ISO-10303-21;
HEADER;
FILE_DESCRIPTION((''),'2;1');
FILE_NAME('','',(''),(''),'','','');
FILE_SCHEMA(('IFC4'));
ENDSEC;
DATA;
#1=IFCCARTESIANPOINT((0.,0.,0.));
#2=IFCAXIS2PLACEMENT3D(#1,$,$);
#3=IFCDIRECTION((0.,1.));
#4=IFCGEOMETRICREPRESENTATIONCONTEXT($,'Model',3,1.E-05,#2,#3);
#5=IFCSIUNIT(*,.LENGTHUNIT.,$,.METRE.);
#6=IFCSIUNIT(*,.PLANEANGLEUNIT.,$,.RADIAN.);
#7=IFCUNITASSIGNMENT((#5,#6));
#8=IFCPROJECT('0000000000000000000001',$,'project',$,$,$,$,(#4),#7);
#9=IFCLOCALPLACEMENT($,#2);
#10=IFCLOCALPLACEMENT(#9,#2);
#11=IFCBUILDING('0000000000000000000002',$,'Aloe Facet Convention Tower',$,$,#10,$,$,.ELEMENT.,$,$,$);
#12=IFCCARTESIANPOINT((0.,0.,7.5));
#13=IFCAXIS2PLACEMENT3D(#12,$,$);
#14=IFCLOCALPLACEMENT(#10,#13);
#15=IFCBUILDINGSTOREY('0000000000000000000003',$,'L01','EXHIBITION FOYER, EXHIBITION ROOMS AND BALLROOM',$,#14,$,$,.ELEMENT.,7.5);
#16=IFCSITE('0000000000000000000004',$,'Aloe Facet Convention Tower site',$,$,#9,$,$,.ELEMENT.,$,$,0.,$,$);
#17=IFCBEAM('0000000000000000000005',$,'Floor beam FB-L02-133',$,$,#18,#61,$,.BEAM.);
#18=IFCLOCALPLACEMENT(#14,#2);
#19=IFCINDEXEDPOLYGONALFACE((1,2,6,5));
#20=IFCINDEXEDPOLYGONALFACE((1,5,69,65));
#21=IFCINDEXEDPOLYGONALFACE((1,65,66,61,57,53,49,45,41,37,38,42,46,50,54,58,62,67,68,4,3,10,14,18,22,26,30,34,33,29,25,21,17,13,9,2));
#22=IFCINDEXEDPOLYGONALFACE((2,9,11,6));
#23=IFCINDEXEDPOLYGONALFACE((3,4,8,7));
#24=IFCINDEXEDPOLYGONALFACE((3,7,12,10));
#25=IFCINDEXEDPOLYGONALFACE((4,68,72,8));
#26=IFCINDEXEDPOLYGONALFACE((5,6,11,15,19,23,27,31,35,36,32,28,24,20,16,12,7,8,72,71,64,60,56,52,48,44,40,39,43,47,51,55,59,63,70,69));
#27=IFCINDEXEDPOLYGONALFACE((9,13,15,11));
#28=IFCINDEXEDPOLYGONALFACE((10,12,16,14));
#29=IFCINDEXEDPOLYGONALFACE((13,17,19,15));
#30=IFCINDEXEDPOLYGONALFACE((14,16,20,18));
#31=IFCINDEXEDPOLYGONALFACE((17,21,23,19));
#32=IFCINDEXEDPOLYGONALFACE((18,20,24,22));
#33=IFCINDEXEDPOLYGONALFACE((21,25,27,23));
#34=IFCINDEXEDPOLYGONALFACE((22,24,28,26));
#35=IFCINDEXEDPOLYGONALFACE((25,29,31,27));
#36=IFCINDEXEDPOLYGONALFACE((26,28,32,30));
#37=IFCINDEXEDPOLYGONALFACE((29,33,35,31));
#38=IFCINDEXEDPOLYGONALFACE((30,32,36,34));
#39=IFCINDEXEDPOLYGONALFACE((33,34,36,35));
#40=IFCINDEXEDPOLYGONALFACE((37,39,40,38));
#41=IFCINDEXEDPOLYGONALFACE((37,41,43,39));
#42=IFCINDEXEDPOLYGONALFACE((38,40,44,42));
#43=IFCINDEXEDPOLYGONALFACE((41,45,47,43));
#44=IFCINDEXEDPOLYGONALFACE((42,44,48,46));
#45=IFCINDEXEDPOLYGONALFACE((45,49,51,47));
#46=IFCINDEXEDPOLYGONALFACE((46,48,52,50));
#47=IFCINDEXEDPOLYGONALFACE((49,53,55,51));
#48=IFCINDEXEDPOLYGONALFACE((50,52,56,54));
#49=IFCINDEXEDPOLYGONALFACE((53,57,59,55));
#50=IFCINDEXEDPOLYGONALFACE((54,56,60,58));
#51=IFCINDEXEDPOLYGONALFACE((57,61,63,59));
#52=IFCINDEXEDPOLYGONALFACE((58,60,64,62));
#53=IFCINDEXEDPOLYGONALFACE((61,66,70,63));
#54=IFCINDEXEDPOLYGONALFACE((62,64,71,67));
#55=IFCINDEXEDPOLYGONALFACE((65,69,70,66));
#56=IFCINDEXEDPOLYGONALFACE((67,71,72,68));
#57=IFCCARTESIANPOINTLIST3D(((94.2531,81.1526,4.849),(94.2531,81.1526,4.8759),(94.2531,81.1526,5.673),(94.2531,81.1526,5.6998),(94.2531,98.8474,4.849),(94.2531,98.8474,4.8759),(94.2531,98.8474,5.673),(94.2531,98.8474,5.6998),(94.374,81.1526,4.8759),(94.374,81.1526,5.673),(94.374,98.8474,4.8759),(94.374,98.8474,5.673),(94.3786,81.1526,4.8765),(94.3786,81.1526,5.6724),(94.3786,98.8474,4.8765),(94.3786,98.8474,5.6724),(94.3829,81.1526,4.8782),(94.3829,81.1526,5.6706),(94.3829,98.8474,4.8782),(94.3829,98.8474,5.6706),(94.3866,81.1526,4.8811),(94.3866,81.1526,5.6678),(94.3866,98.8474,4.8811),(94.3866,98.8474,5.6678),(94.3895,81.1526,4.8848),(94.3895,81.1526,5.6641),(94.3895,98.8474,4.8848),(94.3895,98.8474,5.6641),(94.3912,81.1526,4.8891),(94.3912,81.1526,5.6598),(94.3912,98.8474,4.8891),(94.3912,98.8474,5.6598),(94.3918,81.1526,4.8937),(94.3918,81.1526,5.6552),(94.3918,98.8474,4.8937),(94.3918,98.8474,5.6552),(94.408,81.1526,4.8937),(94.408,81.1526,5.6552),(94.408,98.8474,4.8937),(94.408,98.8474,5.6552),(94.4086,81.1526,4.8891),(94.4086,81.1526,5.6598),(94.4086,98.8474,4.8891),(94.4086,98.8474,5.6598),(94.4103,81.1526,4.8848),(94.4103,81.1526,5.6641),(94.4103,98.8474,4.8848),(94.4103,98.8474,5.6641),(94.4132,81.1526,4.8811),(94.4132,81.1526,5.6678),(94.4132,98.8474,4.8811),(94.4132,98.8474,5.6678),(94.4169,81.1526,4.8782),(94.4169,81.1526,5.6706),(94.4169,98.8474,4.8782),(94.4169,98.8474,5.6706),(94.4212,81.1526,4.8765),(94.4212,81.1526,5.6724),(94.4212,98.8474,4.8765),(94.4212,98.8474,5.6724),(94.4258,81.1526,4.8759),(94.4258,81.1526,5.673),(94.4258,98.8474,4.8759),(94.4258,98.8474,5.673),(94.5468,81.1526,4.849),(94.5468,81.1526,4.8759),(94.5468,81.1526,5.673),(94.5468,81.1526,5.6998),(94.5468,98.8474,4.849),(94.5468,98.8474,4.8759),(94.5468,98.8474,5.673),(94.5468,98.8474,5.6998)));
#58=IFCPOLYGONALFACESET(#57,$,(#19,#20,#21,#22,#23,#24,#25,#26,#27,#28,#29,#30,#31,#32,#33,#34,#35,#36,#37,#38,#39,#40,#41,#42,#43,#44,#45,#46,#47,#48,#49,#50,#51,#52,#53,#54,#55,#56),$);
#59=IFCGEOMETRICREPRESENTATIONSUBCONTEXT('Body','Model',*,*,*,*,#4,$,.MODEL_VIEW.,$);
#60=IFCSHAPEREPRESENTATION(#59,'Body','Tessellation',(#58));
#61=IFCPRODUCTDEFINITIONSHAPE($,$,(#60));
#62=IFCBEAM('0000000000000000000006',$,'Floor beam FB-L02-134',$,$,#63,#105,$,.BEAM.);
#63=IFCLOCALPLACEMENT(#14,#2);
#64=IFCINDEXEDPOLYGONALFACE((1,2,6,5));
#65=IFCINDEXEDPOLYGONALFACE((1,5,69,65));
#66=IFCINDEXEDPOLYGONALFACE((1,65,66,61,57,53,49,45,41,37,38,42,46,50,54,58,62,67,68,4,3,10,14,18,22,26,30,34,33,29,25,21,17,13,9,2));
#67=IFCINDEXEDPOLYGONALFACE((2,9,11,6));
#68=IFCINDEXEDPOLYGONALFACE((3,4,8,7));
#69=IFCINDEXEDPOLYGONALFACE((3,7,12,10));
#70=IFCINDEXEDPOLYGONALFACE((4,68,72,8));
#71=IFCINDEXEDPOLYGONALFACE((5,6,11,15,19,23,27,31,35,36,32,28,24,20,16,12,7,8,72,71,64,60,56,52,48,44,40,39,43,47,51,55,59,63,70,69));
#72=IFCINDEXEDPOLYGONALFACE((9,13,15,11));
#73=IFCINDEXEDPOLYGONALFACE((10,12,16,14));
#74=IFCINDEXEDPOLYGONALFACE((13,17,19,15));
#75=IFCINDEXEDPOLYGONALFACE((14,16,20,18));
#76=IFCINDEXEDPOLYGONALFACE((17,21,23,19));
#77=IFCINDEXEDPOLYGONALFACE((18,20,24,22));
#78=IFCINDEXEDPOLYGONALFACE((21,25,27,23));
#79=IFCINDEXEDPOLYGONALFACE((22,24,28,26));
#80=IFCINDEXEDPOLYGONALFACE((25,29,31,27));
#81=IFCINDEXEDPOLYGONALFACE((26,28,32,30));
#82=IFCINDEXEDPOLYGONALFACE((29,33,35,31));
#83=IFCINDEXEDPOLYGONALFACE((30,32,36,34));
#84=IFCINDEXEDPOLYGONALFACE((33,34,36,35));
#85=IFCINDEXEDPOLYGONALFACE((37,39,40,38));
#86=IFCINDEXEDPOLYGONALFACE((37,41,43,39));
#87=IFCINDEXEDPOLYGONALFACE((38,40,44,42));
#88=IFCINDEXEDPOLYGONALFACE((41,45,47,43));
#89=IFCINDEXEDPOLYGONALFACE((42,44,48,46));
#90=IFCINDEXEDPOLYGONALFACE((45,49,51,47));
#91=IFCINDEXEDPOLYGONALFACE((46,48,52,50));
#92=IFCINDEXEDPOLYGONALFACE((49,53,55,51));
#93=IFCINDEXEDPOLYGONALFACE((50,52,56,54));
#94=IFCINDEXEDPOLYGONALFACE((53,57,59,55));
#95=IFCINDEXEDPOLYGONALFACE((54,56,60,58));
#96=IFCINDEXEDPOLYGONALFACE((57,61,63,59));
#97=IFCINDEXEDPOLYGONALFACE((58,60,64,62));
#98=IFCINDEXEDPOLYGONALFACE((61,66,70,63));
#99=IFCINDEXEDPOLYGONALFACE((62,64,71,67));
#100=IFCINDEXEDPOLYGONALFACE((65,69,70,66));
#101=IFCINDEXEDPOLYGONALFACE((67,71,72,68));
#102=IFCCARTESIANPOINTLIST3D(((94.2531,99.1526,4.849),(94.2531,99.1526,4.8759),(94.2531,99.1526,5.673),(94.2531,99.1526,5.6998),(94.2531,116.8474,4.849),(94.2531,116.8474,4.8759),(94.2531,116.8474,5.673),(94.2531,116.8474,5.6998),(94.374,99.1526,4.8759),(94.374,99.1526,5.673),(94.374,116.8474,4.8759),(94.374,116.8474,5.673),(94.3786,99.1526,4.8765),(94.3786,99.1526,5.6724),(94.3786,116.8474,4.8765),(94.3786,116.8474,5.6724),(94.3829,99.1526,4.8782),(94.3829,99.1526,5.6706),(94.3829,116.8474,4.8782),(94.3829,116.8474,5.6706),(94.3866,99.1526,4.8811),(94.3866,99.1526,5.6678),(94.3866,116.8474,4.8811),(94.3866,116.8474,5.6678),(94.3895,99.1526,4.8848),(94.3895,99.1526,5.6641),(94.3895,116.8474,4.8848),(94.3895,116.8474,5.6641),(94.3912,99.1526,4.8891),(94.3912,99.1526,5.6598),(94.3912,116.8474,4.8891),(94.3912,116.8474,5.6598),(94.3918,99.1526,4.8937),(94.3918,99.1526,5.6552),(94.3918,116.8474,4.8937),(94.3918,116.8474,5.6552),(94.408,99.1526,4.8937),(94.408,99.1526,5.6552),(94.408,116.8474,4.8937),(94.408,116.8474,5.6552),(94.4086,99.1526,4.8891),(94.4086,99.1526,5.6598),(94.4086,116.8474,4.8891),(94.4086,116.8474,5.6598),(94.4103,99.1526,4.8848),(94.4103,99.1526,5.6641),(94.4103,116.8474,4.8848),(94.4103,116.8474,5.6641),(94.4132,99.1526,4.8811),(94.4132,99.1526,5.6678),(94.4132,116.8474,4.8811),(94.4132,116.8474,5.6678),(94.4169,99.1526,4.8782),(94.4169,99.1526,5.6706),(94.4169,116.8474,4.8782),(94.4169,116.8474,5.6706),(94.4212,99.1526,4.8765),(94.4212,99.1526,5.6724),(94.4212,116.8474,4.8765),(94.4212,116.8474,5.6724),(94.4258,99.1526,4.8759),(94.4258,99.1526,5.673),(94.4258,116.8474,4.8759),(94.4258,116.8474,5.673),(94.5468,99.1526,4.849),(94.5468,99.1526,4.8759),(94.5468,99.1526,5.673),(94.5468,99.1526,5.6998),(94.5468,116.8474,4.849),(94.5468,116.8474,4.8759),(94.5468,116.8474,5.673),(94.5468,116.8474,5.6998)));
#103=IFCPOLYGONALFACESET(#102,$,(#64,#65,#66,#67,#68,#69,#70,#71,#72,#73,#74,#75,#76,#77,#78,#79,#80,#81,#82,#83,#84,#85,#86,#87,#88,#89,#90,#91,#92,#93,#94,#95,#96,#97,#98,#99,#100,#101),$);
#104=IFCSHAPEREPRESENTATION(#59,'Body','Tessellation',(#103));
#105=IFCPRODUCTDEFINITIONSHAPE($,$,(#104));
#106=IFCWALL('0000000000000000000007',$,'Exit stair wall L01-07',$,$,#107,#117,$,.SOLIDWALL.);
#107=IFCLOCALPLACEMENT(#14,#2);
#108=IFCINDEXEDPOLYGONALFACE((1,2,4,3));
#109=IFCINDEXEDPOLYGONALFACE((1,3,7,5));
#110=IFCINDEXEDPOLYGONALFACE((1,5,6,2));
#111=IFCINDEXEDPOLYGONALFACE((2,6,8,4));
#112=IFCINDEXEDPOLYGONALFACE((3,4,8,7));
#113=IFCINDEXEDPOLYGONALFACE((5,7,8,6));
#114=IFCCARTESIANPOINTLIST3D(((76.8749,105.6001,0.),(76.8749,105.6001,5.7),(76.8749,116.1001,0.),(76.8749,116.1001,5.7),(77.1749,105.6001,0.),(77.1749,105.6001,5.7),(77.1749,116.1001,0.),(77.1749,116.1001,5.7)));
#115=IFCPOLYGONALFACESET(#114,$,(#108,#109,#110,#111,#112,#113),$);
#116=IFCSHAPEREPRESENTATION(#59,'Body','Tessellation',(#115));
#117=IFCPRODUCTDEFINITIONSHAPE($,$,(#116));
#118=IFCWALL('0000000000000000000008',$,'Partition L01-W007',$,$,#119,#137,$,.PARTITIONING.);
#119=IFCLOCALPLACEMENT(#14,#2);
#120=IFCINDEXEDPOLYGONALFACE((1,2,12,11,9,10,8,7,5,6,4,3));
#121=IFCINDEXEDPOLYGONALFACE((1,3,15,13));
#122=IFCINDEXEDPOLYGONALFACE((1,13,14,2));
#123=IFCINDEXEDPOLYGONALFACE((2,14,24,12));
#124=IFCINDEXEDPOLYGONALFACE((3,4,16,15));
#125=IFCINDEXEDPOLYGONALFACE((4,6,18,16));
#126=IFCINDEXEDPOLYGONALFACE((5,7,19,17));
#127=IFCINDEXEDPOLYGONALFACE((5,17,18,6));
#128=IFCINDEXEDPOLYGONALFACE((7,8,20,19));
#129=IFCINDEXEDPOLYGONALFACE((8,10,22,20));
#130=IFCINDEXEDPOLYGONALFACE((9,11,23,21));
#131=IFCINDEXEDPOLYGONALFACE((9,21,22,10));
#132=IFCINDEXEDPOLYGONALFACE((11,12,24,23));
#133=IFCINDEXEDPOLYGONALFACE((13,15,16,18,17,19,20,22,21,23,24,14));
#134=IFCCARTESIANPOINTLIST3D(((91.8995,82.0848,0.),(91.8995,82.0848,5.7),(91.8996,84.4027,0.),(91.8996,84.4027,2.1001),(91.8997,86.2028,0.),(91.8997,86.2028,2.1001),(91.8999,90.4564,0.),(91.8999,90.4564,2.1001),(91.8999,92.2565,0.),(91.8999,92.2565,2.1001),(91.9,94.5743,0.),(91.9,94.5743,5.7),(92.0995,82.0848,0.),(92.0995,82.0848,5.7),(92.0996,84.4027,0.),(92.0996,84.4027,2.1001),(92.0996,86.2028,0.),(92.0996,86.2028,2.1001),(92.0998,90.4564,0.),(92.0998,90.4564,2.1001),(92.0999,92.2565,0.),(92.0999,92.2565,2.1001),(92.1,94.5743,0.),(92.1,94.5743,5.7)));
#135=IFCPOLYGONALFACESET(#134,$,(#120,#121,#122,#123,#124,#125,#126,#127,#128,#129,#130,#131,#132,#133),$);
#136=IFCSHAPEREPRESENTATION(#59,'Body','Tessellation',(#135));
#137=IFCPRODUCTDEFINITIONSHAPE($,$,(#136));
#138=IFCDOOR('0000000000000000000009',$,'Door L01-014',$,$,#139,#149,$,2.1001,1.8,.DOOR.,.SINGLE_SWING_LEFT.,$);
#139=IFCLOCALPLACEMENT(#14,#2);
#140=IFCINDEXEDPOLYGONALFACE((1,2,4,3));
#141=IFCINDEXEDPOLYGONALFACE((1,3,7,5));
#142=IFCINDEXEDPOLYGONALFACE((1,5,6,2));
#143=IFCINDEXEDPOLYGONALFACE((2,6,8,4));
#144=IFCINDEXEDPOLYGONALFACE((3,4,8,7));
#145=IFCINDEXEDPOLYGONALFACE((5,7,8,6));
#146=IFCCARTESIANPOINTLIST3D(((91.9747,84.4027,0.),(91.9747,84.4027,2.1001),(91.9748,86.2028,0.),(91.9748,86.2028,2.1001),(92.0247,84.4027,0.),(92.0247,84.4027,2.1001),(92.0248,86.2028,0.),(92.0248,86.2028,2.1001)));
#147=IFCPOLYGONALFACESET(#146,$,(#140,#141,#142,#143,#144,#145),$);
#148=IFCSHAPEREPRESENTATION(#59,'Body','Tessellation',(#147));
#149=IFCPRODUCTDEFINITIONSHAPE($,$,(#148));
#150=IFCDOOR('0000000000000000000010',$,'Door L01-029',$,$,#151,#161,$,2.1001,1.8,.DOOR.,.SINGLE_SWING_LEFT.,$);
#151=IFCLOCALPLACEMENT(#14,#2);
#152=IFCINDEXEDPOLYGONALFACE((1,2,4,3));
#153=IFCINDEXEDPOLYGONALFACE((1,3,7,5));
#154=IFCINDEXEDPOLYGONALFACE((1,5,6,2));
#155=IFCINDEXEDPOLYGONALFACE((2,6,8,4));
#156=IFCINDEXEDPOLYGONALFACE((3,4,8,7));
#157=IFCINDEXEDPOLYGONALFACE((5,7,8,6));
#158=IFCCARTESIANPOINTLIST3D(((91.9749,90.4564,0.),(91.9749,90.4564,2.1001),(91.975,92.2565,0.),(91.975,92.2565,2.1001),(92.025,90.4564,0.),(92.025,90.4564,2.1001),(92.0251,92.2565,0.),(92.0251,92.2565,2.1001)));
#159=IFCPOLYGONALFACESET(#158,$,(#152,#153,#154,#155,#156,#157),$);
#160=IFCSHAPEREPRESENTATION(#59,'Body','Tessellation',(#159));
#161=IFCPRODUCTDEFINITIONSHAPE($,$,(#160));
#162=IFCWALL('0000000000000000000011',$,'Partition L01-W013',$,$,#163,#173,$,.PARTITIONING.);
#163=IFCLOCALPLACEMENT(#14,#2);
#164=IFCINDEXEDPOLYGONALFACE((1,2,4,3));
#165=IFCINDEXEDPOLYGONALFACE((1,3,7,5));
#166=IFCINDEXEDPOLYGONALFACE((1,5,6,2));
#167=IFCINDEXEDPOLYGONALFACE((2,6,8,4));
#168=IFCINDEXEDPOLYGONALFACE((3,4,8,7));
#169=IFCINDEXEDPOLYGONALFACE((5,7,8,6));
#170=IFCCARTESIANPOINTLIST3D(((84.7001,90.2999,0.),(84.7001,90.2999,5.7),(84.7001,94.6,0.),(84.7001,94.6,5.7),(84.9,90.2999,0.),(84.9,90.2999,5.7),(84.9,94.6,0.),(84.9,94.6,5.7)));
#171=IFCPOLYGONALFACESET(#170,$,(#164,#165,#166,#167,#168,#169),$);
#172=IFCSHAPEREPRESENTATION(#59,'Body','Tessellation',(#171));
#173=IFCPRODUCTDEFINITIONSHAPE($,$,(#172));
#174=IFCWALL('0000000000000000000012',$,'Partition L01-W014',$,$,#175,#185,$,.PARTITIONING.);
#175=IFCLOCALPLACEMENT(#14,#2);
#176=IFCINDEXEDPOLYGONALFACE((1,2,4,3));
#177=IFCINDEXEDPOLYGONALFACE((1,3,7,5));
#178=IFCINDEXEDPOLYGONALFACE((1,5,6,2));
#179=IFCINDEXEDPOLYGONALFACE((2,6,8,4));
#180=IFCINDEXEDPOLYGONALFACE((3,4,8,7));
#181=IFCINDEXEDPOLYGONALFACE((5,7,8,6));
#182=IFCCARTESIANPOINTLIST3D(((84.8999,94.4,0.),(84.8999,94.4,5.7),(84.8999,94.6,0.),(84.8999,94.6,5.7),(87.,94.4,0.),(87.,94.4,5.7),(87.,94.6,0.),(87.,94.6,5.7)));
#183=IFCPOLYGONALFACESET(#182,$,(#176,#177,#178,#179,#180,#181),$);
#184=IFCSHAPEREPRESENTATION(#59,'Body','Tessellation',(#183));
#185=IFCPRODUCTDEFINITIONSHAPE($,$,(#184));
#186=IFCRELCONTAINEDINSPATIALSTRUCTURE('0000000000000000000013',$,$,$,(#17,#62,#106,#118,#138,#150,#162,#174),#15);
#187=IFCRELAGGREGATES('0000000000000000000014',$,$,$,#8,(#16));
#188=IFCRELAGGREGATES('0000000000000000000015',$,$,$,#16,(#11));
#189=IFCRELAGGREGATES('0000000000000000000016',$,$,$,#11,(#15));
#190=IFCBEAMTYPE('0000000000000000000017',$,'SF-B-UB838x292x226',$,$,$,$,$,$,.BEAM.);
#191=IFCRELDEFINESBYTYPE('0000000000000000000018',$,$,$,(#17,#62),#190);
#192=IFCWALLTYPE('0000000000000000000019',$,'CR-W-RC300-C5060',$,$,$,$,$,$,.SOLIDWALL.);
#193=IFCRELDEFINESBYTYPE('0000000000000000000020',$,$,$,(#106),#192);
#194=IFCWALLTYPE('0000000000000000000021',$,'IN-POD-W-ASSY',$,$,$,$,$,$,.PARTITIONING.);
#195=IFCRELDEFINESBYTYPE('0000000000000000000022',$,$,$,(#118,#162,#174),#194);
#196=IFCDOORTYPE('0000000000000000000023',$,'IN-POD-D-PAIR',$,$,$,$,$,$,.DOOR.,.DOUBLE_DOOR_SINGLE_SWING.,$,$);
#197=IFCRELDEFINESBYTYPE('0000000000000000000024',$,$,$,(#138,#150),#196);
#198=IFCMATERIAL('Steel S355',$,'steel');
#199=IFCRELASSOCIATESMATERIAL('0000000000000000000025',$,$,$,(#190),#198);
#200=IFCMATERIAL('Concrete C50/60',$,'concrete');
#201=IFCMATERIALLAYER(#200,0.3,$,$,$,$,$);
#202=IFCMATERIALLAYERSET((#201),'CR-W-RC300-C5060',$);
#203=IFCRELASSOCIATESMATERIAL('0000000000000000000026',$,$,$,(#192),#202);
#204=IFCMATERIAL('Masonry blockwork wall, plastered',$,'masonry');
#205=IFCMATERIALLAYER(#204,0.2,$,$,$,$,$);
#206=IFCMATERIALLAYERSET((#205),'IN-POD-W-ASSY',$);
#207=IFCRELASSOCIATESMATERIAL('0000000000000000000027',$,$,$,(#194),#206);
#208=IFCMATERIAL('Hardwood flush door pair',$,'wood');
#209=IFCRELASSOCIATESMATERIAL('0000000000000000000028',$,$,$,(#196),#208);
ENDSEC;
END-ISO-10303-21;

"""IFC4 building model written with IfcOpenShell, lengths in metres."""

from ifc_helpers import new_model, si_unit, direction, frame, frame_2d, origin, origin_2d, place, context, subcontext, project, spatial, rectangle, i_section, extrude, material, layer, layer_set, material_profile, profile_set, type_object, element, fill, save


model = new_model("IFC4")

# Units and contexts
model_context = context("Model", 3, precision=1e-05, world=origin(), true_north=direction((0.0, 1.0)))
body_context = subcontext(model_context, "Body", "Model", "MODEL_VIEW")
ifc_project = project(units=[si_unit("LENGTHUNIT", "METRE"), si_unit("PLANEANGLEUNIT", "RADIAN")], contexts=[model_context])

# Site, building, storey
site_placement = place(None, origin())
site = spatial("IfcSite", under=ifc_project, at=site_placement, Name="Aloe Facet Convention Tower site", CompositionType="ELEMENT", RefElevation=0.0)
building_placement = place(site_placement, origin())
building = spatial("IfcBuilding", under=site, at=building_placement, Name="Aloe Facet Convention Tower", CompositionType="ELEMENT")
storey_placement = place(building_placement, frame((0.0, 0.0, 7.5)))
storey = spatial("IfcBuildingStorey", under=building, at=storey_placement, Name="L01", Description="EXHIBITION FOYER, EXHIBITION ROOMS AND BALLROOM", CompositionType="ELEMENT", Elevation=7.5)

# Beams
ifc_material_1 = material(Name="Steel S355", Category="steel")
ifc_material_profile_1 = material_profile(ifc_material_1, i_section(OverallWidth=0.2937, OverallDepth=0.8508, WebThickness=0.0161, FlangeThickness=0.0269, FilletRadius=0.0178, at=origin_2d()), Name="UB 838x292x226")
ifc_profile_set_1 = profile_set([ifc_material_profile_1], Name="Steel S355")
beam_type_1 = type_object("IfcBeamType", Name="SF-B-UB838x292x226", PredefinedType="BEAM", material=ifc_profile_set_1)
for number, where, z_axis, x_axis, name in (
    (1, (94.3999, 81.1526, 5.2744), (0.0, 1.0, 0.0), (-1.0, 0.0, 0.0), "Floor beam FB-L02-133"),
    (2, (94.3999, 99.1526, 5.2744), (0.0, 1.0, 0.0), (-1.0, 0.0, 0.0), "Floor beam FB-L02-134"),
):
    element("IfcBeam", number, at=place(storey_placement, frame(where, z_axis=z_axis, x_axis=x_axis)), inside=storey, type_object=beam_type_1, Name=name, PredefinedType="BEAM", context=body_context, shape_type="SweptSolid", body=[
        extrude(i_section(OverallWidth=0.2937, OverallDepth=0.8508, WebThickness=0.0161, FlangeThickness=0.0269, FilletRadius=0.0178, at=origin_2d()), origin(), (0.0, 0.0, 1.0), 17.6948),
    ])

# Wall
ifc_material_2 = material(Name="Concrete C50/60", Category="concrete")
ifc_layer_1 = layer(ifc_material_2, 0.3)
ifc_layer_set_1 = layer_set([ifc_layer_1], Name="CR-W-RC300-C5060")
wall_type_1 = type_object("IfcWallType", Name="CR-W-RC300-C5060", PredefinedType="SOLIDWALL", material=ifc_layer_set_1)
wall_1_placement = place(storey_placement, frame((77.0249, 105.6001, 0.0), z_axis=(0.0, 0.0, 1.0), x_axis=(0.0, 1.0, 0.0)))
element("IfcWall", 3, at=wall_1_placement, inside=storey, type_object=wall_type_1, Name="Exit stair wall L01-07", PredefinedType="SOLIDWALL", context=body_context, shape_type="SweptSolid", body=[
    extrude(rectangle(XDim=10.5, YDim=0.3, at=frame_2d((5.25, 0.0))), origin(), (0.0, 0.0, 1.0), 5.7),
])

# Wall, openings, doors
ifc_material_3 = material(Name="Masonry blockwork wall, plastered", Category="masonry")
ifc_layer_2 = layer(ifc_material_3, 0.2)
ifc_layer_set_2 = layer_set([ifc_layer_2], Name="IN-POD-W-ASSY")
wall_type_2 = type_object("IfcWallType", Name="IN-POD-W-ASSY", PredefinedType="PARTITIONING", material=ifc_layer_set_2)
wall_2_placement = place(storey_placement, frame((91.9995, 82.085, 0.0), z_axis=(0.0, 0.0, 1.0), x_axis=(0.000039, 1.0, 0.0)))
wall_2 = element("IfcWall", 4, at=wall_2_placement, inside=storey, type_object=wall_type_2, Name="Partition L01-W007", PredefinedType="PARTITIONING", context=body_context, shape_type="SweptSolid", body=[
    extrude(rectangle(XDim=12.4895, YDim=0.2, at=frame_2d((6.2446, 0.0))), origin(), (0.0, 0.0, 1.0), 5.7),
])
opening_1_placement = place(wall_2_placement, frame((2.3179, 0.0, 0.0)))
opening_1 = element("IfcOpeningElement", 5, at=opening_1_placement, cuts=wall_2, PredefinedType="OPENING", context=body_context, shape_type="SweptSolid", body=[
    extrude(rectangle(XDim=1.8, YDim=2.1001, at=frame_2d((0.8999, 1.05))), frame((0.0, 0.1099, 0.0), z_axis=(0.0, -1.0, 0.0), x_axis=(1.0, 0.0, 0.0)), (0.0, 0.0, 1.0), 0.22),
])
opening_2_placement = place(wall_2_placement, frame((8.3716, 0.0, 0.0)))
opening_2 = element("IfcOpeningElement", 6, at=opening_2_placement, cuts=wall_2, PredefinedType="OPENING", context=body_context, shape_type="SweptSolid", body=[
    extrude(rectangle(XDim=1.8, YDim=2.1001, at=frame_2d((0.8999, 1.05))), frame((0.0, 0.1099, 0.0), z_axis=(0.0, -1.0, 0.0), x_axis=(1.0, 0.0, 0.0)), (0.0, 0.0, 1.0), 0.22),
])
ifc_material_4 = material(Name="Hardwood flush door pair", Category="wood")
door_type = type_object("IfcDoorType", Name="IN-POD-D-PAIR", OperationType="DOUBLE_DOOR_SINGLE_SWING", PredefinedType="DOOR", material=ifc_material_4)
door_1_placement = place(opening_1_placement, origin())
door_1 = element("IfcDoor", 7, at=door_1_placement, inside=storey, type_object=door_type, Name="Door L01-014", OperationType="SINGLE_SWING_LEFT", OverallHeight=2.1001, OverallWidth=1.8, PredefinedType="DOOR", context=body_context, shape_type="SweptSolid", body=[
    extrude(rectangle(XDim=1.8, YDim=2.1001, at=frame_2d((0.8999, 1.05))), frame((0.0, 0.0249, 0.0), z_axis=(0.0, -1.0, 0.0), x_axis=(1.0, 0.0, 0.0)), (0.0, 0.0, 1.0), 0.05),
])
fill(opening_1, door_1)
door_2_placement = place(opening_2_placement, origin())
door_2 = element("IfcDoor", 8, at=door_2_placement, inside=storey, type_object=door_type, Name="Door L01-029", OperationType="SINGLE_SWING_LEFT", OverallHeight=2.1001, OverallWidth=1.8, PredefinedType="DOOR", context=body_context, shape_type="SweptSolid", body=[
    extrude(rectangle(XDim=1.8, YDim=2.1001, at=frame_2d((0.8999, 1.05))), frame((0.0, 0.0249, 0.0), z_axis=(0.0, -1.0, 0.0), x_axis=(1.0, 0.0, 0.0)), (0.0, 0.0, 1.0), 0.05),
])
fill(opening_2, door_2)

# Walls
wall_3_placement = place(storey_placement, frame((84.8, 90.3, 0.0), z_axis=(0.0, 0.0, 1.0), x_axis=(0.0, 1.0, 0.0)))
element("IfcWall", 9, at=wall_3_placement, inside=storey, type_object=wall_type_2, Name="Partition L01-W013", PredefinedType="PARTITIONING", context=body_context, shape_type="SweptSolid", body=[
    extrude(rectangle(XDim=4.3, YDim=0.2, at=frame_2d((2.1499, 0.0))), origin(), (0.0, 0.0, 1.0), 5.7),
])
wall_4_placement = place(storey_placement, frame((84.8999, 94.5, 0.0), z_axis=(0.0, 0.0, 1.0), x_axis=(1.0, 0.0, 0.0)))
element("IfcWall", 10, at=wall_4_placement, inside=storey, type_object=wall_type_2, Name="Partition L01-W014", PredefinedType="PARTITIONING", context=body_context, shape_type="SweptSolid", body=[
    extrude(rectangle(XDim=2.1001, YDim=0.2, at=frame_2d((1.05, 0.0))), origin(), (0.0, 0.0, 1.0), 5.7),
])

save(model, "model.ifc")
